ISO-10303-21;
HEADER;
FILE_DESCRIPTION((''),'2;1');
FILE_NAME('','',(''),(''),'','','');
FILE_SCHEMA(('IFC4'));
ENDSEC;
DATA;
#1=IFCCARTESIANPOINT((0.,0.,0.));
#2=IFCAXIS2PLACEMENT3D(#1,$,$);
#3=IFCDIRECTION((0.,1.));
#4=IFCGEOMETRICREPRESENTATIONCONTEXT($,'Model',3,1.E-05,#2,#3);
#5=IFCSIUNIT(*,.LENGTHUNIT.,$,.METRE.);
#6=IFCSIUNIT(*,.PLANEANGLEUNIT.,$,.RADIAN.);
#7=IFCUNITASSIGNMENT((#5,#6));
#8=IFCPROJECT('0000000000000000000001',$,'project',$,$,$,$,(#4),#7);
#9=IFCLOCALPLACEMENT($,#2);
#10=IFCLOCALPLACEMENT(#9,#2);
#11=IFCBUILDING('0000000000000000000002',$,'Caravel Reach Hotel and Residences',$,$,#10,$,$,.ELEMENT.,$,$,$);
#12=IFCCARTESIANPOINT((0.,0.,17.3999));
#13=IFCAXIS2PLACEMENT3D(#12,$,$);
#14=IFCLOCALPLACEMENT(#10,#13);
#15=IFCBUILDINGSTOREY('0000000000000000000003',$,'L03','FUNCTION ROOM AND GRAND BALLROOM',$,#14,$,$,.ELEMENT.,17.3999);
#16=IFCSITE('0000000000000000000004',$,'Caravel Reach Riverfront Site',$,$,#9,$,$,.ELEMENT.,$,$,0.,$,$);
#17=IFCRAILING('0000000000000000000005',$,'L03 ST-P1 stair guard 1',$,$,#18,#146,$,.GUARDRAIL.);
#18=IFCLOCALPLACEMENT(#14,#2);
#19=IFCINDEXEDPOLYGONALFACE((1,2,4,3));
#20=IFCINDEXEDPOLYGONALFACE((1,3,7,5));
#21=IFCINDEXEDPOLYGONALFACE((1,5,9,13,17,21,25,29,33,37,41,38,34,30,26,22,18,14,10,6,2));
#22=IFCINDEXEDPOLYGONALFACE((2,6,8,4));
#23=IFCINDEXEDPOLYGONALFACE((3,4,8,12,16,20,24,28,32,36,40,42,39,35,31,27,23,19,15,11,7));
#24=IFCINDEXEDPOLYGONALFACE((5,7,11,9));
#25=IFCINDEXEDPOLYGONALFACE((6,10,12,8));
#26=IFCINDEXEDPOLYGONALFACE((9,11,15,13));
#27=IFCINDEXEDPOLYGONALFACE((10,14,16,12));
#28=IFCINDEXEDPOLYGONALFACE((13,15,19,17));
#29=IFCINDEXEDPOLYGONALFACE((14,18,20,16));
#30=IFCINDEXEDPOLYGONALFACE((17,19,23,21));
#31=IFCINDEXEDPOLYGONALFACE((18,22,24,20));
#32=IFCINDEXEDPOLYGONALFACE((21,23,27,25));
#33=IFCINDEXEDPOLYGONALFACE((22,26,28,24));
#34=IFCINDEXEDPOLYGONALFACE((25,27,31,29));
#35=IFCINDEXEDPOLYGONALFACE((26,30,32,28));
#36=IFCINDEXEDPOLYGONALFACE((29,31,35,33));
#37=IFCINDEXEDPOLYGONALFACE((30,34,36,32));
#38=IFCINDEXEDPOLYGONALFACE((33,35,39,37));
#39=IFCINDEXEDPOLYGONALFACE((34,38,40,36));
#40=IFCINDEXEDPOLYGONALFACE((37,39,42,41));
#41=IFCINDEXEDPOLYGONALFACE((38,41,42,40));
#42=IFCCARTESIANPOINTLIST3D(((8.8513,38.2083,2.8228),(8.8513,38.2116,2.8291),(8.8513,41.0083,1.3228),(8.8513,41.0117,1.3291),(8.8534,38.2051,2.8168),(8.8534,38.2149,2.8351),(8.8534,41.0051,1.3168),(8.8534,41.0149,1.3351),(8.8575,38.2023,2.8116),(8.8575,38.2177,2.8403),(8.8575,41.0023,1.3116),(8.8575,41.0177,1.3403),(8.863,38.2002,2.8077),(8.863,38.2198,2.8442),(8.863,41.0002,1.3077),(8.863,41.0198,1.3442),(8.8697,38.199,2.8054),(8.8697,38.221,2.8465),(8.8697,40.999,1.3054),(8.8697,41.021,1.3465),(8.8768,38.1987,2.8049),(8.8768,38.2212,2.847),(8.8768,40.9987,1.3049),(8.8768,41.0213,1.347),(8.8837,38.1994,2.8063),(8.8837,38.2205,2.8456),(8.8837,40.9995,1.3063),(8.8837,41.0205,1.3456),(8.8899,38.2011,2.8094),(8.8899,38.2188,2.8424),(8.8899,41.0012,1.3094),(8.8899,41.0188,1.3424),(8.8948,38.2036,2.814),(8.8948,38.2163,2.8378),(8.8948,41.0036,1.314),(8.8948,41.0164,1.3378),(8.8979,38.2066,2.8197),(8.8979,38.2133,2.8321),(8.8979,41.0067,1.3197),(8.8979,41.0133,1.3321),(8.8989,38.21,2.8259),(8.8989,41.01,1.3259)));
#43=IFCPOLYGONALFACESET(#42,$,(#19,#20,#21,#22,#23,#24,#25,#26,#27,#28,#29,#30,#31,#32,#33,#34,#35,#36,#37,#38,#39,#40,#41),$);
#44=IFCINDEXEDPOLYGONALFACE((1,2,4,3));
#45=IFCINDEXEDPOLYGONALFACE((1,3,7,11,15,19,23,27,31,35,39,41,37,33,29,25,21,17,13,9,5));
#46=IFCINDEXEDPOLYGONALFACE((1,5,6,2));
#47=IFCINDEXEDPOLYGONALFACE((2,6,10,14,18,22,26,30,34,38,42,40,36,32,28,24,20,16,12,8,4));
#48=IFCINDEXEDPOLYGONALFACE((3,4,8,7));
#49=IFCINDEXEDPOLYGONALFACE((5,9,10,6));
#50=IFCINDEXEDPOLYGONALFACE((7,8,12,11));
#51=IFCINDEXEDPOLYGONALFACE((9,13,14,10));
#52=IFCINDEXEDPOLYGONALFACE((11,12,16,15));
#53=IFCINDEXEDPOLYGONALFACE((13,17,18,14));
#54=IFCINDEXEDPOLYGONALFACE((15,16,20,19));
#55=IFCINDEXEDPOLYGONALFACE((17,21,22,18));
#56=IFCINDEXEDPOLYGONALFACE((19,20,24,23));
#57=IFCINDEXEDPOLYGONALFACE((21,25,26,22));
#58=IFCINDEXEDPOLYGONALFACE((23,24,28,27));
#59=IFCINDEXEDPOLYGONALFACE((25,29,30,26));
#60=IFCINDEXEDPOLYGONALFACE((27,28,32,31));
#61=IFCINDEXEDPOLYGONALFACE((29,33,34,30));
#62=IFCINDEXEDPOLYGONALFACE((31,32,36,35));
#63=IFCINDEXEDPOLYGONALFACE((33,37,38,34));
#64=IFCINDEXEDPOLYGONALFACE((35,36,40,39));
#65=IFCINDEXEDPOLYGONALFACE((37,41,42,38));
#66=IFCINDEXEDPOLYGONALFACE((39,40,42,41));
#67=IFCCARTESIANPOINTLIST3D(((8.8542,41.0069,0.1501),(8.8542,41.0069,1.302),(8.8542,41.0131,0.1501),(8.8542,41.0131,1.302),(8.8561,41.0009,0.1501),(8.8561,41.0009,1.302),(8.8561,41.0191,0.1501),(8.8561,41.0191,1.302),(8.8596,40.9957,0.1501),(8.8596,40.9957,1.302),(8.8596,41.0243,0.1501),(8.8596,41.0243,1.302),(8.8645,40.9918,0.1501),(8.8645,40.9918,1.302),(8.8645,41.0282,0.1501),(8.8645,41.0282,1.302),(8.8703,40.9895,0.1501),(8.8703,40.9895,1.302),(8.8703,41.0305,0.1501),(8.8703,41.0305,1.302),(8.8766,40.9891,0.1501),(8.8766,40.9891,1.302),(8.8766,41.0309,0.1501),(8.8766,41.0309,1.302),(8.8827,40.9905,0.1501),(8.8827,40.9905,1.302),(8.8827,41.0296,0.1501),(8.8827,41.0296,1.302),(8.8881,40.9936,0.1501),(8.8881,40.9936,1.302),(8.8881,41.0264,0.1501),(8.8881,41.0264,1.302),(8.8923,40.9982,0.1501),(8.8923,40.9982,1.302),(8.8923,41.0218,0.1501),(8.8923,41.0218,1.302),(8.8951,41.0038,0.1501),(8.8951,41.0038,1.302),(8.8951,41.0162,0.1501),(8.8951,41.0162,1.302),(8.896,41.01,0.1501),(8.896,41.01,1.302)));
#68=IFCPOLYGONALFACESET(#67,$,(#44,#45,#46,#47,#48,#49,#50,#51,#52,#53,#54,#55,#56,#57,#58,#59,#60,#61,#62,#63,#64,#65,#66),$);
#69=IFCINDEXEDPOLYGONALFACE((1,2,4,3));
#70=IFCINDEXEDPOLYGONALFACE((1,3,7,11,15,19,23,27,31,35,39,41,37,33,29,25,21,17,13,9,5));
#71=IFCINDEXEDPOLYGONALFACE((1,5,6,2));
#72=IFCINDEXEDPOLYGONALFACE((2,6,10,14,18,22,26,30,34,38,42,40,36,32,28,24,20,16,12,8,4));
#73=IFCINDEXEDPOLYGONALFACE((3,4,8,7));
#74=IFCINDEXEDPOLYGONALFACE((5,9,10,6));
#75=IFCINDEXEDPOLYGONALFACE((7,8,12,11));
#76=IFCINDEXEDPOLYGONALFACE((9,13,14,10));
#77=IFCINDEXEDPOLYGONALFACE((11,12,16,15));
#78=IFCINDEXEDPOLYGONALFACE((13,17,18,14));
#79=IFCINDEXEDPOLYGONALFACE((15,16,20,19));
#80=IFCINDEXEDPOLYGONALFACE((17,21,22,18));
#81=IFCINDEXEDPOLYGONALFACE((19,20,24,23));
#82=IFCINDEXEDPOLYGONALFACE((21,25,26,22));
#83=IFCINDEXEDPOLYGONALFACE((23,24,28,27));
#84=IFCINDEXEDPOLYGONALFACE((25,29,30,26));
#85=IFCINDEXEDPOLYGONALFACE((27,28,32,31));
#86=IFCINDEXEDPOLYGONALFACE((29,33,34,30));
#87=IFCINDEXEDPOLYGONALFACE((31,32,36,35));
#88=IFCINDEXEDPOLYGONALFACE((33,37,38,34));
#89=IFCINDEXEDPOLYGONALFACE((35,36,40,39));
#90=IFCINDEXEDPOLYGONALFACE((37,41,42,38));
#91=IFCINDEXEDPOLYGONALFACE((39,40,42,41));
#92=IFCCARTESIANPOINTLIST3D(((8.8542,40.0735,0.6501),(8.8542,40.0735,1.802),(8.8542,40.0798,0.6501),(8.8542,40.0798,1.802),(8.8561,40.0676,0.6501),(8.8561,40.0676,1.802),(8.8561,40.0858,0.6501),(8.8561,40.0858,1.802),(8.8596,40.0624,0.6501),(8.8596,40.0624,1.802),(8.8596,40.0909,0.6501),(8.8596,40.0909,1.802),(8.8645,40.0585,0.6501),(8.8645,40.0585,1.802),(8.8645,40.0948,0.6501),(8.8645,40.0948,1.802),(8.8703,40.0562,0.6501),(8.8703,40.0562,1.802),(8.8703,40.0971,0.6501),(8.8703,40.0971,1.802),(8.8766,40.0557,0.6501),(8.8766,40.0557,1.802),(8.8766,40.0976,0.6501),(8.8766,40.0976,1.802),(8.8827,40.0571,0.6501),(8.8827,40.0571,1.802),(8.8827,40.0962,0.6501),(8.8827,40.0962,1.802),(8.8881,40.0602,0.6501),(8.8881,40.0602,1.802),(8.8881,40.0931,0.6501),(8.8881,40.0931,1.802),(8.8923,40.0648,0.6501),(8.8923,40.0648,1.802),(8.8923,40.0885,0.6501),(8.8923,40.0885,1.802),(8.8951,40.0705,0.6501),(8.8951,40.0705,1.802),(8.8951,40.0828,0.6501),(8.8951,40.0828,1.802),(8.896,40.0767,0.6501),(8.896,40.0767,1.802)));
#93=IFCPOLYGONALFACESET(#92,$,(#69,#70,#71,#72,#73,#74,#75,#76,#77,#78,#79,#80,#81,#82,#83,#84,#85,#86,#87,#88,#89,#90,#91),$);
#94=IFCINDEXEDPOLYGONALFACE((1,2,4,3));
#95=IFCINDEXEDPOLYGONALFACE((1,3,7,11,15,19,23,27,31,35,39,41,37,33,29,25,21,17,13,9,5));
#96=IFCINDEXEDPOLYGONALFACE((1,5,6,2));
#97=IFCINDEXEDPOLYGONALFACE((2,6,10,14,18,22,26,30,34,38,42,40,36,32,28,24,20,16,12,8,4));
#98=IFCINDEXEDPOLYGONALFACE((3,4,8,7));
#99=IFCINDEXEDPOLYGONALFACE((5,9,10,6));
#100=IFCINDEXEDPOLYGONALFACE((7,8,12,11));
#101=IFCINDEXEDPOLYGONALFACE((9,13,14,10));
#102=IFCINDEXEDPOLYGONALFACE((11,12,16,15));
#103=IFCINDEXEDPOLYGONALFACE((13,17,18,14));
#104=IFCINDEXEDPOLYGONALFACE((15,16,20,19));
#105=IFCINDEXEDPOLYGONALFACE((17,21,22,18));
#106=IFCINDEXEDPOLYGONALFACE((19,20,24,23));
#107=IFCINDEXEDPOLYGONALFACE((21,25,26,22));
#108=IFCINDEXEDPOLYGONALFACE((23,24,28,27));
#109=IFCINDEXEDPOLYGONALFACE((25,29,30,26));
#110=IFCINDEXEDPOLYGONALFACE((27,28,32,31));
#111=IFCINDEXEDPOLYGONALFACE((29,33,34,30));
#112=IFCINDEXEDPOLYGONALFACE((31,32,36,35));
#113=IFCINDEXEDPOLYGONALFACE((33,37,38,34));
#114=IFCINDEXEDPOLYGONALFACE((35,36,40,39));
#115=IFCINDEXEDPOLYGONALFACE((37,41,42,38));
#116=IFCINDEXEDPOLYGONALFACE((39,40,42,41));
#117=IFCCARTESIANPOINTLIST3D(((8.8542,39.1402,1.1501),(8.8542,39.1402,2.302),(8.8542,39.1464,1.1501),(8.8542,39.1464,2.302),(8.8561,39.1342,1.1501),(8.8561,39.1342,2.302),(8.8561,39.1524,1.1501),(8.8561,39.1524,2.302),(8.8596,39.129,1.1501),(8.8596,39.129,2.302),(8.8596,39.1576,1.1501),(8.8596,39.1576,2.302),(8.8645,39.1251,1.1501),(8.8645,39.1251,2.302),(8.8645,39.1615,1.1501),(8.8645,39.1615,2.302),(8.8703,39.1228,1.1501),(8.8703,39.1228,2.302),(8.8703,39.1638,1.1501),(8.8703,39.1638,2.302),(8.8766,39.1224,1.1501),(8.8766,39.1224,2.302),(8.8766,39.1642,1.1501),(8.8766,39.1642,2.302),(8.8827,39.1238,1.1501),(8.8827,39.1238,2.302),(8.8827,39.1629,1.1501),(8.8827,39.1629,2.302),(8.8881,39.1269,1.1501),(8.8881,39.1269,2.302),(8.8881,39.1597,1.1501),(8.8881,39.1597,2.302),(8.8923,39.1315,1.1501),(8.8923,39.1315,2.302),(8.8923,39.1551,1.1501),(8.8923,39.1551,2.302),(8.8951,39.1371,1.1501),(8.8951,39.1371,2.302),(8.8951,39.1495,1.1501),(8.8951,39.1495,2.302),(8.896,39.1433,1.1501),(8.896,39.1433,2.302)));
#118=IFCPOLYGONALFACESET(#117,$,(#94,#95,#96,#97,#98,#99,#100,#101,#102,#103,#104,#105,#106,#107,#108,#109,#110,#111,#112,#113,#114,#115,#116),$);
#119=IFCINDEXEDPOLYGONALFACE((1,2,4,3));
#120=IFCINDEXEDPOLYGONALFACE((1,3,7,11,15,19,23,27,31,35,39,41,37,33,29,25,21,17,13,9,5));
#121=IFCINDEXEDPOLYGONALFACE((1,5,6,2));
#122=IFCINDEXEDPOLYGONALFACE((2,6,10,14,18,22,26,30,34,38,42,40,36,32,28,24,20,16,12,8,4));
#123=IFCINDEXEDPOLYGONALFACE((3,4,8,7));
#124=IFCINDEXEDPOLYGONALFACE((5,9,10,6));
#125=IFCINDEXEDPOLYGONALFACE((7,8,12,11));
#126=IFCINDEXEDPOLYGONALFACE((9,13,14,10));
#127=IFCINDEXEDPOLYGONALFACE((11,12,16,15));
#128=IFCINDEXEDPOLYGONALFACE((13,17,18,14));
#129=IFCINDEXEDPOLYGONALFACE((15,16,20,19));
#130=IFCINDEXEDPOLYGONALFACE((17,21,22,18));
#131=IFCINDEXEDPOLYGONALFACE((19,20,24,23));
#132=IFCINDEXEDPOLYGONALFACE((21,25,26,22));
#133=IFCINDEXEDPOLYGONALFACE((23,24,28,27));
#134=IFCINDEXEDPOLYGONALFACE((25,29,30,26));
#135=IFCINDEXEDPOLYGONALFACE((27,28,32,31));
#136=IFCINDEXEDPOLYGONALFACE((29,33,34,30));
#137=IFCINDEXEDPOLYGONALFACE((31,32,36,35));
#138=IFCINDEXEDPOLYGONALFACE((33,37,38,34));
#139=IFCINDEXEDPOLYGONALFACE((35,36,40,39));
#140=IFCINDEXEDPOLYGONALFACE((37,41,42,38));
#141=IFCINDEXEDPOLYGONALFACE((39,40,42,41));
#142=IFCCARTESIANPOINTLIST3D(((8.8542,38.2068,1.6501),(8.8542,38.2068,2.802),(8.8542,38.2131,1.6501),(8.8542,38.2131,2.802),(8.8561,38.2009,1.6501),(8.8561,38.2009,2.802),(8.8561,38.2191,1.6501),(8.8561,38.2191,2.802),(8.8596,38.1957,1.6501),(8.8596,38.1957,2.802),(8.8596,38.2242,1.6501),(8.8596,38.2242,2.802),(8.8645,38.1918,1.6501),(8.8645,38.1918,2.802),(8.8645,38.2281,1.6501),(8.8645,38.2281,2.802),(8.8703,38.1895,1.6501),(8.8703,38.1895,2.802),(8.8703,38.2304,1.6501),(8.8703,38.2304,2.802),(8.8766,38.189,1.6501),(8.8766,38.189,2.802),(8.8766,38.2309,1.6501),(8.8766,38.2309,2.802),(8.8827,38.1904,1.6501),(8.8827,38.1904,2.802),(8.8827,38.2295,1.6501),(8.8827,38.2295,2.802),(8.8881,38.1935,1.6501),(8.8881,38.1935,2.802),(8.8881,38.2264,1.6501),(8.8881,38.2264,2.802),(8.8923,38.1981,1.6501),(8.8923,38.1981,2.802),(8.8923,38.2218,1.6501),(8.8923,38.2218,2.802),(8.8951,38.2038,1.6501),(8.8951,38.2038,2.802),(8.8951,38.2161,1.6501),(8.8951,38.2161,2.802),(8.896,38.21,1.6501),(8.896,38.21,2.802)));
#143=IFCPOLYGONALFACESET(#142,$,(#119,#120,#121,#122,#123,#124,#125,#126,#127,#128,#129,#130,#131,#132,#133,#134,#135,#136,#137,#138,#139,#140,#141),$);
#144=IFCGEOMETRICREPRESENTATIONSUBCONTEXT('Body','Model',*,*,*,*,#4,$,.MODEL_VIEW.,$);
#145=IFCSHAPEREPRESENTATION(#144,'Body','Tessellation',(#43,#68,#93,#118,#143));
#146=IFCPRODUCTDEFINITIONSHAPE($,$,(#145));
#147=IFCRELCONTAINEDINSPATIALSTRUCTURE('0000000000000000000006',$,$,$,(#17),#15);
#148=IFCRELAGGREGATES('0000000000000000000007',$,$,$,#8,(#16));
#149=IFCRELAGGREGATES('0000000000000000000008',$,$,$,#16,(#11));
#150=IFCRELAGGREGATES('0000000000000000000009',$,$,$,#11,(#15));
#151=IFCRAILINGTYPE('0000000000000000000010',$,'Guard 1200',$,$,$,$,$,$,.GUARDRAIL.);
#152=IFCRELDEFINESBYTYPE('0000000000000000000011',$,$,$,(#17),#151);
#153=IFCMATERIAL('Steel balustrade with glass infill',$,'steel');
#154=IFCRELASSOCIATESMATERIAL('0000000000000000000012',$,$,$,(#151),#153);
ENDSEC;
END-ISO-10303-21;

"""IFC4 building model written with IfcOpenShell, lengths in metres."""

from ifc_helpers import new_model, si_unit, direction, frame, origin, origin_2d, place, context, subcontext, project, spatial, circle, extrude, material, type_object, element, save


model = new_model("IFC4")

# Units and contexts
model_context = context("Model", 3, precision=1e-05, world=origin(), true_north=direction((0.0, 1.0)))
body_context = subcontext(model_context, "Body", "Model", "MODEL_VIEW")
ifc_project = project(units=[si_unit("LENGTHUNIT", "METRE"), si_unit("PLANEANGLEUNIT", "RADIAN")], contexts=[model_context])

# Site, building, storey
site_placement = place(None, origin())
site = spatial("IfcSite", under=ifc_project, at=site_placement, Name="Caravel Reach Riverfront Site", CompositionType="ELEMENT", RefElevation=0.0)
building_placement = place(site_placement, origin())
building = spatial("IfcBuilding", under=site, at=building_placement, Name="Caravel Reach Hotel and Residences", CompositionType="ELEMENT")
storey_placement = place(building_placement, frame((0.0, 0.0, 17.3999)))
storey = spatial("IfcBuildingStorey", under=building, at=storey_placement, Name="L03", Description="FUNCTION ROOM AND GRAND BALLROOM", CompositionType="ELEMENT", Elevation=17.3999)

# Railing
ifc_material_1 = material(Name="Steel balustrade with glass infill", Category="steel")
railing_type_1 = type_object("IfcRailingType", Name="Guard 1200", PredefinedType="GUARDRAIL", material=ifc_material_1)
railing_1_placement = place(storey_placement, frame((8.875, 41.01, 0.1501)))
element("IfcRailing", 1, at=railing_1_placement, inside=storey, type_object=railing_type_1, Name="L03 ST-P1 stair guard 1", PredefinedType="GUARDRAIL", context=body_context, shape_type="SweptSolid", body=[
    extrude(circle(Radius=0.0239, at=origin_2d()), frame((0.0, 0.0, 1.1758), z_axis=(0.0, -0.881483, 0.472215), x_axis=(1.0, 0.0, 0.0)), (0.0, 0.0, 1.0), 3.1765),
    extrude(circle(Radius=0.021, at=origin_2d()), origin(), (0.0, 0.0, 1.0), 1.1519),
    extrude(circle(Radius=0.021, at=origin_2d()), frame((0.0, -0.9333, 0.5)), (0.0, 0.0, 1.0), 1.1519),
    extrude(circle(Radius=0.021, at=origin_2d()), frame((0.0, -1.8667, 1.0)), (0.0, 0.0, 1.0), 1.1519),
    extrude(circle(Radius=0.021, at=origin_2d()), frame((0.0, -2.8, 1.5)), (0.0, 0.0, 1.0), 1.1519),
])

save(model, "model.ifc")
